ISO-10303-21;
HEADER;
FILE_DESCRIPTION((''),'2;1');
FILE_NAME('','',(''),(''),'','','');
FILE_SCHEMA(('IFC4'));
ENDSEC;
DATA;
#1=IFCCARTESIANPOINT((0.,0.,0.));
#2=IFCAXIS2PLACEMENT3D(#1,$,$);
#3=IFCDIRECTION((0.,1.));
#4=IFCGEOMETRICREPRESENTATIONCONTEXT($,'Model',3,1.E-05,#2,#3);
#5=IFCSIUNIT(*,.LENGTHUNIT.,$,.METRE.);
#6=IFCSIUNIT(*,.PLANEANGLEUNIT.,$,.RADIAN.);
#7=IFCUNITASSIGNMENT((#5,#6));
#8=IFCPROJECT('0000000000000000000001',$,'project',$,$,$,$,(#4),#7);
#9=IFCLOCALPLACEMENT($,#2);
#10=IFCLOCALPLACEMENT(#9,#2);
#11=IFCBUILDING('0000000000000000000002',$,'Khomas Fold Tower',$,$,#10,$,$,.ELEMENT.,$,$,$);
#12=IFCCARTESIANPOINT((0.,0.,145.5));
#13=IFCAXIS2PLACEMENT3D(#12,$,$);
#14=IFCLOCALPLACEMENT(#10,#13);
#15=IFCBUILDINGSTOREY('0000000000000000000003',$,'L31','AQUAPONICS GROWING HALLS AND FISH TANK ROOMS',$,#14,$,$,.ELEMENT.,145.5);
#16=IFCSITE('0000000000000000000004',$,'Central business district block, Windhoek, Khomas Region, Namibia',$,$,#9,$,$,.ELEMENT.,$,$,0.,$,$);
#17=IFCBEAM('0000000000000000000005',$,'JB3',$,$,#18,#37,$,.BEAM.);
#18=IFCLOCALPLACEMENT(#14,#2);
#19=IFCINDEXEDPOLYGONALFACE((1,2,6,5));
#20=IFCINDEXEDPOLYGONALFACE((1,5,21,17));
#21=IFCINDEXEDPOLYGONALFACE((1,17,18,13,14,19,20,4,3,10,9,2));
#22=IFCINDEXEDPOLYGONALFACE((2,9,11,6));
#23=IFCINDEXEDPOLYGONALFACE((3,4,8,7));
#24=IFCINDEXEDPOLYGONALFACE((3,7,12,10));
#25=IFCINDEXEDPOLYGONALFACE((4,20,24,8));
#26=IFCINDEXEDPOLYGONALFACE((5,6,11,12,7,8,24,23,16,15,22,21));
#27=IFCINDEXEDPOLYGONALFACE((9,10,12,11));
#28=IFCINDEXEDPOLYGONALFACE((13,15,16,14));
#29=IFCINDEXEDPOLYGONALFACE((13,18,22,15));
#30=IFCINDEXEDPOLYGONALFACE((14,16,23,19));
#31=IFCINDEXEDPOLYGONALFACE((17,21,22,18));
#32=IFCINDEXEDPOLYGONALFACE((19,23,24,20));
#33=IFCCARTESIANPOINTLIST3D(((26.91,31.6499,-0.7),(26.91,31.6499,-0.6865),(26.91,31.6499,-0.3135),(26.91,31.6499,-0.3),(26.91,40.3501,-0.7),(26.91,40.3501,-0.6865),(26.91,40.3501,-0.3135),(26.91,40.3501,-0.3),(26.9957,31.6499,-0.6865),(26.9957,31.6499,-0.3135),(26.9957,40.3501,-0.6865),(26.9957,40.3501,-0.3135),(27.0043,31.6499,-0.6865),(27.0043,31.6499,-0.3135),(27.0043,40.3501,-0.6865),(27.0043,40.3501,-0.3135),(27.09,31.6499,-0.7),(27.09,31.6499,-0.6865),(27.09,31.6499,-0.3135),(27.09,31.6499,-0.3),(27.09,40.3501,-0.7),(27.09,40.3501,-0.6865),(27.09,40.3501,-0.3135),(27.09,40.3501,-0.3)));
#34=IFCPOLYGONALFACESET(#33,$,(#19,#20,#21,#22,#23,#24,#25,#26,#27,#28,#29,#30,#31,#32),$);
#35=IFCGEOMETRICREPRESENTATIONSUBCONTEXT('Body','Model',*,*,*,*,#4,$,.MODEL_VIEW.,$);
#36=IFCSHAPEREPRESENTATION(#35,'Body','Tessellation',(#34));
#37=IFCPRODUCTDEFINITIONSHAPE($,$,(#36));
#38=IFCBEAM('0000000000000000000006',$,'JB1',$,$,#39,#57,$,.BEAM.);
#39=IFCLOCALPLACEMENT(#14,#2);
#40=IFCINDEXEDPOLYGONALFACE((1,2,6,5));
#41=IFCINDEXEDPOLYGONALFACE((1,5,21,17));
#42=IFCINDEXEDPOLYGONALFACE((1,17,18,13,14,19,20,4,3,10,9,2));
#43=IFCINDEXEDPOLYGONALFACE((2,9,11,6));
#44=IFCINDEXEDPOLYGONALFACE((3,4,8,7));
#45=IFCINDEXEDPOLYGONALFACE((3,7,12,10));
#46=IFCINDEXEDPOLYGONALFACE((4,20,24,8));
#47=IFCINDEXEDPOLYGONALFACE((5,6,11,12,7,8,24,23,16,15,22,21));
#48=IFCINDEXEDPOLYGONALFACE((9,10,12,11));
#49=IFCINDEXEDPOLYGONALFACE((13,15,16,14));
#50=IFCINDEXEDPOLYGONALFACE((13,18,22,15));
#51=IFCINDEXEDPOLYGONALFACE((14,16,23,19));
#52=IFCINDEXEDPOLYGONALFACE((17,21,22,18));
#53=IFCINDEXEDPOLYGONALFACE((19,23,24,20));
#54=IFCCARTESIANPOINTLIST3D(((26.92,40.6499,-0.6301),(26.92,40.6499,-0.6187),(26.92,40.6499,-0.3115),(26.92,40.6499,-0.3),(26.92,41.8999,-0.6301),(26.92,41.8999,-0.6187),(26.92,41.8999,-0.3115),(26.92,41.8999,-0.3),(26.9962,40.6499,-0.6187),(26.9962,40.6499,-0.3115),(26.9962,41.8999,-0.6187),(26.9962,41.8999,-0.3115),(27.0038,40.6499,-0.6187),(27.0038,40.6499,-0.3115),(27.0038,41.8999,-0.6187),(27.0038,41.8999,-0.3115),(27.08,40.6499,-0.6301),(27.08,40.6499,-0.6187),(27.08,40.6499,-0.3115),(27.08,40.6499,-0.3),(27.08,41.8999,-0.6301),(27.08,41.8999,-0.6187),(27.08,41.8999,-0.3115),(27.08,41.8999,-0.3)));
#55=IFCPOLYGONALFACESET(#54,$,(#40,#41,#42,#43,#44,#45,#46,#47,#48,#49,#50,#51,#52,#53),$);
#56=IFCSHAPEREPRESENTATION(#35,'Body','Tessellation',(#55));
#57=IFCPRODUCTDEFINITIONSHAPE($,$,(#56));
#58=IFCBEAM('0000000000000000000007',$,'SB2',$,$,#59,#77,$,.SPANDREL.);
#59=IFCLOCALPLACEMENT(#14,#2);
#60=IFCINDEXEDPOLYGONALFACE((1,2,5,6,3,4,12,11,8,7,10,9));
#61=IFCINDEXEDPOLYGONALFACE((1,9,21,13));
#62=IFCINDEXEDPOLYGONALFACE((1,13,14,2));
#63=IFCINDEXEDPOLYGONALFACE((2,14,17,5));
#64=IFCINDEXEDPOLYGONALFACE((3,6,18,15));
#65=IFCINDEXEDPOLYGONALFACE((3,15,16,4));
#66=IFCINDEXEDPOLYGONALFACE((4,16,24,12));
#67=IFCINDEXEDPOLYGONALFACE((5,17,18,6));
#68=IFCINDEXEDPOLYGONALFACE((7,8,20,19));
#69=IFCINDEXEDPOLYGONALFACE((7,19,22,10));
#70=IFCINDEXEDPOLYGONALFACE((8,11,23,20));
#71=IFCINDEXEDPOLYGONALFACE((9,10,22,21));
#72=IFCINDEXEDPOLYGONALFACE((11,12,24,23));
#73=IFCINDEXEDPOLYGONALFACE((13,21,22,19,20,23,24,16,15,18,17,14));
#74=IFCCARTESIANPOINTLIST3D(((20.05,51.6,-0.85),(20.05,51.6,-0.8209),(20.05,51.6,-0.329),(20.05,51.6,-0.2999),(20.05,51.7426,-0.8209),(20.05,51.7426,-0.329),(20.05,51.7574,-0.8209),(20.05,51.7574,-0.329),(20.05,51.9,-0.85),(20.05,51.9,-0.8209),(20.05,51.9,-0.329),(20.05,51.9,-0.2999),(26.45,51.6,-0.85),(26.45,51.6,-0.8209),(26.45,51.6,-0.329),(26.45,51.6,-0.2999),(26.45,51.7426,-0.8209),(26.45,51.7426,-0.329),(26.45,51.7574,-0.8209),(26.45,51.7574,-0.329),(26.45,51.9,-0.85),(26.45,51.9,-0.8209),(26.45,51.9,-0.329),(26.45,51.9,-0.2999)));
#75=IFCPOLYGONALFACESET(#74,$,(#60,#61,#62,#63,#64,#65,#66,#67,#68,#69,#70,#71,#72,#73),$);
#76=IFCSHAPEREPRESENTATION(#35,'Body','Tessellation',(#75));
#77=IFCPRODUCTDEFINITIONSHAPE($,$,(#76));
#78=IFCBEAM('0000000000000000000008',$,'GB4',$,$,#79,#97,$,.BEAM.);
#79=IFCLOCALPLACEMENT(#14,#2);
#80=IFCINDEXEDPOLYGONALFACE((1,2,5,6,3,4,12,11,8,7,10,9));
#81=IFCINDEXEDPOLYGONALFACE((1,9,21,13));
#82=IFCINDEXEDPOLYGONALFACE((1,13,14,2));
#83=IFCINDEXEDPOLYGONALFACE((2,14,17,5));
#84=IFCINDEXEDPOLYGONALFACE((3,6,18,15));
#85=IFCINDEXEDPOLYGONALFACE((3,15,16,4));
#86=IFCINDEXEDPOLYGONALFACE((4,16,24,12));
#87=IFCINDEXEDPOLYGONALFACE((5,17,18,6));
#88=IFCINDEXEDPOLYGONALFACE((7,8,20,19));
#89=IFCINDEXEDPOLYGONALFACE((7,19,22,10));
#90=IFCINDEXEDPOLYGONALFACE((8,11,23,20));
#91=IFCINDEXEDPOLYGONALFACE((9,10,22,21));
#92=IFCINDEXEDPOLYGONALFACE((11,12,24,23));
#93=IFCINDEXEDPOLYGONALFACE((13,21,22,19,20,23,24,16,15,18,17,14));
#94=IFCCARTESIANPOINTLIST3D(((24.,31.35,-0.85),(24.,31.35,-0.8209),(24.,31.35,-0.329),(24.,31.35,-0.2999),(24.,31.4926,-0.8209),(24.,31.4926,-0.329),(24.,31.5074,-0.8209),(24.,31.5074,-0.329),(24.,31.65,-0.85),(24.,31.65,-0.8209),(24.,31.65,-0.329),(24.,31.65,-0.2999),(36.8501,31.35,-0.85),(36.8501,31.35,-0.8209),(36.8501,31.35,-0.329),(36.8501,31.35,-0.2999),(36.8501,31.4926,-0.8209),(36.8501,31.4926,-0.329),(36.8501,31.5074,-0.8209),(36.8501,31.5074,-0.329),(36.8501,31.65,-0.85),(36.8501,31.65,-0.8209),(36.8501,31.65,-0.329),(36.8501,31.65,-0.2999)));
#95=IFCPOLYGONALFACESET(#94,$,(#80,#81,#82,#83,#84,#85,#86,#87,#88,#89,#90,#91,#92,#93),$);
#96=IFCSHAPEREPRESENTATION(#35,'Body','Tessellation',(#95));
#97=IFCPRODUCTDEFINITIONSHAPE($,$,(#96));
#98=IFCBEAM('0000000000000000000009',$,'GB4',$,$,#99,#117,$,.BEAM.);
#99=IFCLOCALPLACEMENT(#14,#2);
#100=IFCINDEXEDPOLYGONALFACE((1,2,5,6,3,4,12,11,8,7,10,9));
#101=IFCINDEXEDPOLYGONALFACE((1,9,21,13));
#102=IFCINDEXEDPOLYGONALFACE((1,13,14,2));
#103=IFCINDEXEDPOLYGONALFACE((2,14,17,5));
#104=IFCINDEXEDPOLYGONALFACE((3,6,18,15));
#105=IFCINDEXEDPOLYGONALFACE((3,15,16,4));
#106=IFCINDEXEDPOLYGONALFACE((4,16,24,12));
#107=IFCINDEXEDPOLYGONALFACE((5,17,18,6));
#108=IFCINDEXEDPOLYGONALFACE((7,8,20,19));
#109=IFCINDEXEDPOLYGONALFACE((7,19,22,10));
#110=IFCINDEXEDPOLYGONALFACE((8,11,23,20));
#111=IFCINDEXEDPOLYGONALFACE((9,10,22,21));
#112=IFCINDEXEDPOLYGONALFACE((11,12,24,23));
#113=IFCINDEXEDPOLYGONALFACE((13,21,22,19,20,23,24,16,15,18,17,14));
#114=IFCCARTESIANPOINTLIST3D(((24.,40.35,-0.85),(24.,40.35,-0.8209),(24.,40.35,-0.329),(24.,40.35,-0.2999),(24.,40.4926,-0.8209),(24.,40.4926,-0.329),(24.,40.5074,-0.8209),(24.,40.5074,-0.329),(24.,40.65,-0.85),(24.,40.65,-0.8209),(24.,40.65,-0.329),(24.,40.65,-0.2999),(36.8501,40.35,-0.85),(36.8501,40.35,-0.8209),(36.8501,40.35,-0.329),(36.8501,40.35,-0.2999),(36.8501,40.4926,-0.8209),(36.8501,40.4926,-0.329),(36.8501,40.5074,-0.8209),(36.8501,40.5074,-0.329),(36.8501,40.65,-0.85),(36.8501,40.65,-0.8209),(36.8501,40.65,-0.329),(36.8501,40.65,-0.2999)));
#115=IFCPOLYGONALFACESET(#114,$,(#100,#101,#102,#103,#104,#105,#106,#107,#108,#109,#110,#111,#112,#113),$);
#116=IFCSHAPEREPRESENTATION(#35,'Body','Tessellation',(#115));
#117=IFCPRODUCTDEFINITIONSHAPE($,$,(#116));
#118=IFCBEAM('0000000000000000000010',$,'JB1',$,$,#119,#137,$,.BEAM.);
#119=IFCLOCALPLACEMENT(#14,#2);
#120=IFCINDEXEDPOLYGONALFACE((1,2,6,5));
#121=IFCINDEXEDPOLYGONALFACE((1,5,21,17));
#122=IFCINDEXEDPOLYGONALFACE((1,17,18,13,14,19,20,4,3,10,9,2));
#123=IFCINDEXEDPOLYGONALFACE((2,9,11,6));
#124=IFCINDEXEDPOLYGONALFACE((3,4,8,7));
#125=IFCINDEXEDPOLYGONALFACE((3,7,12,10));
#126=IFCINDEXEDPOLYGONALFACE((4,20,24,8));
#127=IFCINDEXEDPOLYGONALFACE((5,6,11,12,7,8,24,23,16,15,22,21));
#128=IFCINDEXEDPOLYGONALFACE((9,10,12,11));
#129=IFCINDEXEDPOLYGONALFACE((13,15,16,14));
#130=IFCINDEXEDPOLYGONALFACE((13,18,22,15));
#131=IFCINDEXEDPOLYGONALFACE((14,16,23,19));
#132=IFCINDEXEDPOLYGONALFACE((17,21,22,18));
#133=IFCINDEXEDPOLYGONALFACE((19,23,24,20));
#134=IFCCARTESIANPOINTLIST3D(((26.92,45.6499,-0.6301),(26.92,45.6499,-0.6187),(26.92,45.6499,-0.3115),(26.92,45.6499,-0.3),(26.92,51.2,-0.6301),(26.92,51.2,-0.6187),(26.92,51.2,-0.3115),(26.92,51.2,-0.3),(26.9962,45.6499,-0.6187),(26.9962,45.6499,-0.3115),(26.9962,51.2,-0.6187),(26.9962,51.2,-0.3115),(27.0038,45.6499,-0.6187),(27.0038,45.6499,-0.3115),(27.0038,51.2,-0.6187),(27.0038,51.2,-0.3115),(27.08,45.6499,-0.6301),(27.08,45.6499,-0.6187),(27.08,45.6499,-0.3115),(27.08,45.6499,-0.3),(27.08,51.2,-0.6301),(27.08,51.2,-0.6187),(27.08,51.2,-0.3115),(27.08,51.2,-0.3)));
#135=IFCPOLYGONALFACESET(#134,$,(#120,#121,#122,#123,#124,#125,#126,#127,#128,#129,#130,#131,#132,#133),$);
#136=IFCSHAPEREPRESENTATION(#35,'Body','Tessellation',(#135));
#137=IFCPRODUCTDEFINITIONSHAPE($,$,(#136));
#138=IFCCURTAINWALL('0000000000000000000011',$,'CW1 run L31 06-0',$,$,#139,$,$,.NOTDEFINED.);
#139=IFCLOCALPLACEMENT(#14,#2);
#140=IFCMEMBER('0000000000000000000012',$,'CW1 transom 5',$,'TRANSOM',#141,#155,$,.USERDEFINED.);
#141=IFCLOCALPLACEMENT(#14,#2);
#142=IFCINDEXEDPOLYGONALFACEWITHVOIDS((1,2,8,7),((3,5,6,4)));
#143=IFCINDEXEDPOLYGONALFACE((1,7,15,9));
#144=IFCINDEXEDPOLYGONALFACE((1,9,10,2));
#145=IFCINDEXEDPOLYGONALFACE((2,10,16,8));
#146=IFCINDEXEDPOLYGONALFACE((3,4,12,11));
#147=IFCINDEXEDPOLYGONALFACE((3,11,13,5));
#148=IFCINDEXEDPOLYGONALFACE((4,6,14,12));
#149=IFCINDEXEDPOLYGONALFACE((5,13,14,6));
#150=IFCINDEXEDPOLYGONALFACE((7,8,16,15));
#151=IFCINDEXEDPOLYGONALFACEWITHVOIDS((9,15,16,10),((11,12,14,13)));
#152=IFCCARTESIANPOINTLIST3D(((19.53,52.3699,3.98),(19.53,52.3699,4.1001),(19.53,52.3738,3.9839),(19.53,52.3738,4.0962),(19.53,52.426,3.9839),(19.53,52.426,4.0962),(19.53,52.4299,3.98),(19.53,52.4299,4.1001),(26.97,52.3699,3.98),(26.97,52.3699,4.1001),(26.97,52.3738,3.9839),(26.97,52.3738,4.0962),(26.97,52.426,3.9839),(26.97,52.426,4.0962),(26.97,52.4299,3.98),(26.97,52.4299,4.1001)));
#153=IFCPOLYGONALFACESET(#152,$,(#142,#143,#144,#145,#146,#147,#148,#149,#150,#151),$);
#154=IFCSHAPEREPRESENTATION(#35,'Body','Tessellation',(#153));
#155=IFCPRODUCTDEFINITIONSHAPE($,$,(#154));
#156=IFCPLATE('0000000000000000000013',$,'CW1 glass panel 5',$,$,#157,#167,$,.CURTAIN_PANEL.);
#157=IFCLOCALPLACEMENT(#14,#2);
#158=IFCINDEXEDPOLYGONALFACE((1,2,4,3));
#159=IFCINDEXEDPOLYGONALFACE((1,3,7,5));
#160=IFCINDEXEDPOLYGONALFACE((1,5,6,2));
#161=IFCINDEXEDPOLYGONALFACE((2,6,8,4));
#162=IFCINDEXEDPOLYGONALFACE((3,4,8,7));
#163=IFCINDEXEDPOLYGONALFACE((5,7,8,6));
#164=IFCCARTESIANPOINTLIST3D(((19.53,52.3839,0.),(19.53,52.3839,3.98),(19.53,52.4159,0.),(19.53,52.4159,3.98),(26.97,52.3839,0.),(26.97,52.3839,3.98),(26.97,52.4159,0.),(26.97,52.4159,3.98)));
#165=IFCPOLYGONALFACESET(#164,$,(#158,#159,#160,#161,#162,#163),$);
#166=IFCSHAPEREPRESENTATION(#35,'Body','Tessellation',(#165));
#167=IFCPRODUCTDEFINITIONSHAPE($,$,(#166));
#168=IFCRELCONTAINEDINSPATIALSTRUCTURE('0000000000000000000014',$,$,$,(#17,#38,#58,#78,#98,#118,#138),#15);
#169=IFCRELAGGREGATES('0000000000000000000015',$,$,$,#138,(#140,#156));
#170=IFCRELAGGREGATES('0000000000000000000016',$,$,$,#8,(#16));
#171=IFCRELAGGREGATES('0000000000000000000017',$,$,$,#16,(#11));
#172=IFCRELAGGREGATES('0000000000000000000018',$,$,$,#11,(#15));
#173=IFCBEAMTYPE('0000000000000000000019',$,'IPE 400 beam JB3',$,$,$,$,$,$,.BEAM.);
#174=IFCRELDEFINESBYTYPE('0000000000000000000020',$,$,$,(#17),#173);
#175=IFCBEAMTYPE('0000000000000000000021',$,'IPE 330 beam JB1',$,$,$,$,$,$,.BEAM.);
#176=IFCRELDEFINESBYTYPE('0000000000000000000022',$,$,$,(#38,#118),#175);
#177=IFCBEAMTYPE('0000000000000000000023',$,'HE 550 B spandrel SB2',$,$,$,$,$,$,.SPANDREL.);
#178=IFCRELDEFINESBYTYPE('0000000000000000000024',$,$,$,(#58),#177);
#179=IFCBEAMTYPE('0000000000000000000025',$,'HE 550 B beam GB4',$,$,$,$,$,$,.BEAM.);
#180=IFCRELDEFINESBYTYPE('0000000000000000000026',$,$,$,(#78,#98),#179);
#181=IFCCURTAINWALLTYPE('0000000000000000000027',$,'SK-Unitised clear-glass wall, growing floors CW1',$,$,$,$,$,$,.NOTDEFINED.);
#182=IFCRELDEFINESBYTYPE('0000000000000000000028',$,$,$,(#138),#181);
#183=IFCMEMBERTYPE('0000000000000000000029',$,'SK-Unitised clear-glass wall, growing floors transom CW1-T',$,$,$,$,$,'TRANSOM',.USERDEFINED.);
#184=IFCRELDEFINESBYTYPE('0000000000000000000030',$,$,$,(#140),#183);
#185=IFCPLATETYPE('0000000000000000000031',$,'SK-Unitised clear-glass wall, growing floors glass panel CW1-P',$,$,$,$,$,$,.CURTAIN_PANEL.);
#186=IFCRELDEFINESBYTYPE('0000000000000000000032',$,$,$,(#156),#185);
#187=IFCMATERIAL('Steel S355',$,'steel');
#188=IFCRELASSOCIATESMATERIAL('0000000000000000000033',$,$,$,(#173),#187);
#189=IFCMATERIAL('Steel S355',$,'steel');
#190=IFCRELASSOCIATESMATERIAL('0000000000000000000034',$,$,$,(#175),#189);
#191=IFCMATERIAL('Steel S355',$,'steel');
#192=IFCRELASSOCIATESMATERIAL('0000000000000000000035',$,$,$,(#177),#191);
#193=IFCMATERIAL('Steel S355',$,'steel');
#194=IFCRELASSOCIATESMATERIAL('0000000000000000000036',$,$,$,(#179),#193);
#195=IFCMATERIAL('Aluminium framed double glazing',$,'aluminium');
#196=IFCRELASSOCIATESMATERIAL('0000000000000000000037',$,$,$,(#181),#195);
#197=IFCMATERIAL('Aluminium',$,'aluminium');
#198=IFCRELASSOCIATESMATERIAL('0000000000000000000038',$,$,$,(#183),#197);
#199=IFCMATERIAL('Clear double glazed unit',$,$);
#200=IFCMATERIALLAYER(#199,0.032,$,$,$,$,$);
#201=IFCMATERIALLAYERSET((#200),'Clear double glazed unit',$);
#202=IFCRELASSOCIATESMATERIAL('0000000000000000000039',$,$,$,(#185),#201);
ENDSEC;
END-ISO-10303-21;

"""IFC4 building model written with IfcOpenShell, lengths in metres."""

from ifc_helpers import new_model, si_unit, direction, frame, origin, origin_2d, place, context, subcontext, project, spatial, rectangle, hollow_rectangle, i_section, extrude, source, transform, mapped, material, layer, layer_set, material_profile, profile_set, type_object, element, aggregate, save


model = new_model("IFC4")

# Units and contexts
model_context = context("Model", 3, precision=1e-05, world=origin(), true_north=direction((0.0, 1.0)))
body_context = subcontext(model_context, "Body", "Model", "MODEL_VIEW")
ifc_project = project(units=[si_unit("LENGTHUNIT", "METRE"), si_unit("PLANEANGLEUNIT", "RADIAN")], contexts=[model_context])

# Site, building, storey
site_placement = place(None, origin())
site = spatial("IfcSite", under=ifc_project, at=site_placement, Name="Central business district block, Windhoek, Khomas Region, Namibia", CompositionType="ELEMENT", RefElevation=0.0)
building_placement = place(site_placement, origin())
building = spatial("IfcBuilding", under=site, at=building_placement, Name="Khomas Fold Tower", CompositionType="ELEMENT")
storey_placement = place(building_placement, frame((0.0, 0.0, 145.5)))
storey = spatial("IfcBuildingStorey", under=building, at=storey_placement, Name="L31", Description="AQUAPONICS GROWING HALLS AND FISH TANK ROOMS", CompositionType="ELEMENT", Elevation=145.5)

# Beams
ifc_material_1 = material(Name="Steel S355", Category="steel")
ifc_material_profile_1 = material_profile(ifc_material_1, i_section(OverallWidth=0.1799, OverallDepth=0.3999, WebThickness=0.0085, FlangeThickness=0.0134, at=origin_2d()), Name="IPE 400")
ifc_profile_set_1 = profile_set([ifc_material_profile_1], Name="Steel S355")
beam_type_1 = type_object("IfcBeamType", Name="IPE 400 beam JB3", PredefinedType="BEAM", material=ifc_profile_set_1)
shared_shape_1 = source(origin(), body_context, "Body", "SweptSolid", [
    extrude(i_section(OverallWidth=0.1799, OverallDepth=0.3999, WebThickness=0.0085, FlangeThickness=0.0134, at=origin_2d()), origin(), (0.0, 0.0, 1.0), 8.7002),
])
beam_1_placement = place(storey_placement, frame((27.0, 31.6499, -0.5), z_axis=(0.0, 1.0, 0.0), x_axis=(-1.0, 0.0, 0.0)))
element("IfcBeam", 1, at=beam_1_placement, inside=storey, type_object=beam_type_1, Name="JB3", PredefinedType="BEAM", context=body_context, shape_type="MappedRepresentation", body=[
    mapped(shared_shape_1, transform((0.0, 0.0, 0.0))),
])
ifc_material_2 = material(Name="Steel S355", Category="steel")
ifc_material_profile_2 = material_profile(ifc_material_2, i_section(OverallWidth=0.1599, OverallDepth=0.3301, WebThickness=0.0076, FlangeThickness=0.0115, at=origin_2d()), Name="IPE 330")
ifc_profile_set_2 = profile_set([ifc_material_profile_2], Name="Steel S355")
beam_type_2 = type_object("IfcBeamType", Name="IPE 330 beam JB1", PredefinedType="BEAM", material=ifc_profile_set_2)
shared_shape_2 = source(origin(), body_context, "Body", "SweptSolid", [
    extrude(i_section(OverallWidth=0.1599, OverallDepth=0.3301, WebThickness=0.0076, FlangeThickness=0.0115, at=origin_2d()), origin(), (0.0, 0.0, 1.0), 1.25),
])
beam_2_placement = place(storey_placement, frame((27.0, 40.6499, -0.4651), z_axis=(0.0, 1.0, 0.0), x_axis=(-1.0, 0.0, 0.0)))
element("IfcBeam", 2, at=beam_2_placement, inside=storey, type_object=beam_type_2, Name="JB1", PredefinedType="BEAM", context=body_context, shape_type="MappedRepresentation", body=[
    mapped(shared_shape_2, transform((0.0, 0.0, 0.0))),
])
ifc_material_3 = material(Name="Steel S355", Category="steel")
ifc_material_profile_3 = material_profile(ifc_material_3, i_section(OverallWidth=0.3, OverallDepth=0.55, WebThickness=0.0149, FlangeThickness=0.0291, at=origin_2d()), Name="HE 550 B")
ifc_profile_set_3 = profile_set([ifc_material_profile_3], Name="Steel S355")
beam_type_3 = type_object("IfcBeamType", Name="HE 550 B spandrel SB2", PredefinedType="SPANDREL", material=ifc_profile_set_3)
shared_shape_3 = source(origin(), body_context, "Body", "SweptSolid", [
    extrude(i_section(OverallWidth=0.3, OverallDepth=0.55, WebThickness=0.0149, FlangeThickness=0.0291, at=origin_2d()), origin(), (0.0, 0.0, 1.0), 6.3999),
])
beam_3_placement = place(storey_placement, frame((20.05, 51.75, -0.575), z_axis=(1.0, 0.0, 0.0), x_axis=(0.0, 1.0, 0.0)))
element("IfcBeam", 3, at=beam_3_placement, inside=storey, type_object=beam_type_3, Name="SB2", PredefinedType="SPANDREL", context=body_context, shape_type="MappedRepresentation", body=[
    mapped(shared_shape_3, transform((0.0, 0.0, 0.0))),
])
ifc_material_4 = material(Name="Steel S355", Category="steel")
ifc_material_profile_4 = material_profile(ifc_material_4, i_section(OverallWidth=0.3, OverallDepth=0.55, WebThickness=0.0149, FlangeThickness=0.0291, at=origin_2d()), Name="HE 550 B")
ifc_profile_set_4 = profile_set([ifc_material_profile_4], Name="Steel S355")
beam_type_4 = type_object("IfcBeamType", Name="HE 550 B beam GB4", PredefinedType="BEAM", material=ifc_profile_set_4)
shared_shape_4 = source(origin(), body_context, "Body", "SweptSolid", [
    extrude(i_section(OverallWidth=0.3, OverallDepth=0.55, WebThickness=0.0149, FlangeThickness=0.0291, at=origin_2d()), origin(), (0.0, 0.0, 1.0), 12.8501),
])
for number, where, z_axis, x_axis, name in (
    (4, (24.0, 31.5, -0.575), (1.0, 0.0, 0.0), (0.0, 1.0, 0.0), "GB4"),
    (5, (24.0, 40.5, -0.575), (1.0, 0.0, 0.0), (0.0, 1.0, 0.0), "GB4"),
):
    element("IfcBeam", number, at=place(storey_placement, frame(where, z_axis=z_axis, x_axis=x_axis)), inside=storey, type_object=beam_type_4, Name=name, PredefinedType="BEAM", context=body_context, shape_type="MappedRepresentation", body=[
        mapped(shared_shape_4, transform((0.0, 0.0, 0.0))),
    ])
shared_shape_5 = source(origin(), body_context, "Body", "SweptSolid", [
    extrude(i_section(OverallWidth=0.1599, OverallDepth=0.3301, WebThickness=0.0076, FlangeThickness=0.0115, at=origin_2d()), origin(), (0.0, 0.0, 1.0), 5.55),
])
beam_4_placement = place(storey_placement, frame((27.0, 45.6499, -0.4651), z_axis=(0.0, 1.0, 0.0), x_axis=(-1.0, 0.0, 0.0)))
element("IfcBeam", 6, at=beam_4_placement, inside=storey, type_object=beam_type_2, Name="JB1", PredefinedType="BEAM", context=body_context, shape_type="MappedRepresentation", body=[
    mapped(shared_shape_5, transform((0.0, 0.0, 0.0))),
])

# Curtain wall, member, plate
ifc_material_5 = material(Name="Aluminium framed double glazing", Category="aluminium")
curtain_wall_type = type_object("IfcCurtainWallType", Name="SK-Unitised clear-glass wall, growing floors CW1", PredefinedType="NOTDEFINED", material=ifc_material_5)
curtain_wall_placement = place(storey_placement, origin())
curtain_wall = element("IfcCurtainWall", 7, at=curtain_wall_placement, inside=storey, type_object=curtain_wall_type, Name="CW1 run L31 06-0", PredefinedType="NOTDEFINED")
ifc_material_6 = material(Name="Aluminium", Category="aluminium")
ifc_material_profile_5 = material_profile(ifc_material_6, hollow_rectangle(XDim=0.0601, YDim=0.1201, WallThickness=0.0039, at=origin_2d()), Name="SK-Unitised clear-glass wall, growing floors transom CW1-T")
ifc_profile_set_5 = profile_set([ifc_material_profile_5], Name="Aluminium")
member_type = type_object("IfcMemberType", Name="SK-Unitised clear-glass wall, growing floors transom CW1-T", ElementType="TRANSOM", PredefinedType="USERDEFINED", material=ifc_profile_set_5)
shared_shape_6 = source(origin(), body_context, "Body", "SweptSolid", [
    extrude(hollow_rectangle(XDim=0.0601, YDim=0.1201, WallThickness=0.0039, at=origin_2d()), origin(), (0.0, 0.0, 1.0), 7.4399),
])
member_placement = place(storey_placement, frame((26.97, 52.3999, 4.04), z_axis=(-1.0, 0.0, 0.0), x_axis=(0.0, -1.0, 0.0)))
member = element("IfcMember", 8, at=member_placement, type_object=member_type, Name="CW1 transom 5", ObjectType="TRANSOM", PredefinedType="USERDEFINED", context=body_context, shape_type="MappedRepresentation", body=[
    mapped(shared_shape_6, transform((0.0, 0.0, 0.0))),
])
ifc_material_7 = material(Name="Clear double glazed unit")
ifc_layer_1 = layer(ifc_material_7, 0.032)
ifc_layer_set_1 = layer_set([ifc_layer_1], Name="Clear double glazed unit")
plate_type = type_object("IfcPlateType", Name="SK-Unitised clear-glass wall, growing floors glass panel CW1-P", PredefinedType="CURTAIN_PANEL", material=ifc_layer_set_1)
shared_shape_7 = source(origin(), body_context, "Body", "SweptSolid", [
    extrude(rectangle(XDim=7.4399, YDim=0.032, at=origin_2d()), origin(), (0.0, 0.0, 1.0), 3.98),
])
plate_placement = place(storey_placement, frame((23.25, 52.3999, 0.0), z_axis=(0.0, 0.0, 1.0), x_axis=(-1.0, 0.0, 0.0)))
plate = element("IfcPlate", 9, at=plate_placement, type_object=plate_type, Name="CW1 glass panel 5", PredefinedType="CURTAIN_PANEL", context=body_context, shape_type="MappedRepresentation", body=[
    mapped(shared_shape_7, transform((0.0, 0.0, 0.0))),
])
aggregate(curtain_wall, [member, plate])

save(model, "model.ifc")
